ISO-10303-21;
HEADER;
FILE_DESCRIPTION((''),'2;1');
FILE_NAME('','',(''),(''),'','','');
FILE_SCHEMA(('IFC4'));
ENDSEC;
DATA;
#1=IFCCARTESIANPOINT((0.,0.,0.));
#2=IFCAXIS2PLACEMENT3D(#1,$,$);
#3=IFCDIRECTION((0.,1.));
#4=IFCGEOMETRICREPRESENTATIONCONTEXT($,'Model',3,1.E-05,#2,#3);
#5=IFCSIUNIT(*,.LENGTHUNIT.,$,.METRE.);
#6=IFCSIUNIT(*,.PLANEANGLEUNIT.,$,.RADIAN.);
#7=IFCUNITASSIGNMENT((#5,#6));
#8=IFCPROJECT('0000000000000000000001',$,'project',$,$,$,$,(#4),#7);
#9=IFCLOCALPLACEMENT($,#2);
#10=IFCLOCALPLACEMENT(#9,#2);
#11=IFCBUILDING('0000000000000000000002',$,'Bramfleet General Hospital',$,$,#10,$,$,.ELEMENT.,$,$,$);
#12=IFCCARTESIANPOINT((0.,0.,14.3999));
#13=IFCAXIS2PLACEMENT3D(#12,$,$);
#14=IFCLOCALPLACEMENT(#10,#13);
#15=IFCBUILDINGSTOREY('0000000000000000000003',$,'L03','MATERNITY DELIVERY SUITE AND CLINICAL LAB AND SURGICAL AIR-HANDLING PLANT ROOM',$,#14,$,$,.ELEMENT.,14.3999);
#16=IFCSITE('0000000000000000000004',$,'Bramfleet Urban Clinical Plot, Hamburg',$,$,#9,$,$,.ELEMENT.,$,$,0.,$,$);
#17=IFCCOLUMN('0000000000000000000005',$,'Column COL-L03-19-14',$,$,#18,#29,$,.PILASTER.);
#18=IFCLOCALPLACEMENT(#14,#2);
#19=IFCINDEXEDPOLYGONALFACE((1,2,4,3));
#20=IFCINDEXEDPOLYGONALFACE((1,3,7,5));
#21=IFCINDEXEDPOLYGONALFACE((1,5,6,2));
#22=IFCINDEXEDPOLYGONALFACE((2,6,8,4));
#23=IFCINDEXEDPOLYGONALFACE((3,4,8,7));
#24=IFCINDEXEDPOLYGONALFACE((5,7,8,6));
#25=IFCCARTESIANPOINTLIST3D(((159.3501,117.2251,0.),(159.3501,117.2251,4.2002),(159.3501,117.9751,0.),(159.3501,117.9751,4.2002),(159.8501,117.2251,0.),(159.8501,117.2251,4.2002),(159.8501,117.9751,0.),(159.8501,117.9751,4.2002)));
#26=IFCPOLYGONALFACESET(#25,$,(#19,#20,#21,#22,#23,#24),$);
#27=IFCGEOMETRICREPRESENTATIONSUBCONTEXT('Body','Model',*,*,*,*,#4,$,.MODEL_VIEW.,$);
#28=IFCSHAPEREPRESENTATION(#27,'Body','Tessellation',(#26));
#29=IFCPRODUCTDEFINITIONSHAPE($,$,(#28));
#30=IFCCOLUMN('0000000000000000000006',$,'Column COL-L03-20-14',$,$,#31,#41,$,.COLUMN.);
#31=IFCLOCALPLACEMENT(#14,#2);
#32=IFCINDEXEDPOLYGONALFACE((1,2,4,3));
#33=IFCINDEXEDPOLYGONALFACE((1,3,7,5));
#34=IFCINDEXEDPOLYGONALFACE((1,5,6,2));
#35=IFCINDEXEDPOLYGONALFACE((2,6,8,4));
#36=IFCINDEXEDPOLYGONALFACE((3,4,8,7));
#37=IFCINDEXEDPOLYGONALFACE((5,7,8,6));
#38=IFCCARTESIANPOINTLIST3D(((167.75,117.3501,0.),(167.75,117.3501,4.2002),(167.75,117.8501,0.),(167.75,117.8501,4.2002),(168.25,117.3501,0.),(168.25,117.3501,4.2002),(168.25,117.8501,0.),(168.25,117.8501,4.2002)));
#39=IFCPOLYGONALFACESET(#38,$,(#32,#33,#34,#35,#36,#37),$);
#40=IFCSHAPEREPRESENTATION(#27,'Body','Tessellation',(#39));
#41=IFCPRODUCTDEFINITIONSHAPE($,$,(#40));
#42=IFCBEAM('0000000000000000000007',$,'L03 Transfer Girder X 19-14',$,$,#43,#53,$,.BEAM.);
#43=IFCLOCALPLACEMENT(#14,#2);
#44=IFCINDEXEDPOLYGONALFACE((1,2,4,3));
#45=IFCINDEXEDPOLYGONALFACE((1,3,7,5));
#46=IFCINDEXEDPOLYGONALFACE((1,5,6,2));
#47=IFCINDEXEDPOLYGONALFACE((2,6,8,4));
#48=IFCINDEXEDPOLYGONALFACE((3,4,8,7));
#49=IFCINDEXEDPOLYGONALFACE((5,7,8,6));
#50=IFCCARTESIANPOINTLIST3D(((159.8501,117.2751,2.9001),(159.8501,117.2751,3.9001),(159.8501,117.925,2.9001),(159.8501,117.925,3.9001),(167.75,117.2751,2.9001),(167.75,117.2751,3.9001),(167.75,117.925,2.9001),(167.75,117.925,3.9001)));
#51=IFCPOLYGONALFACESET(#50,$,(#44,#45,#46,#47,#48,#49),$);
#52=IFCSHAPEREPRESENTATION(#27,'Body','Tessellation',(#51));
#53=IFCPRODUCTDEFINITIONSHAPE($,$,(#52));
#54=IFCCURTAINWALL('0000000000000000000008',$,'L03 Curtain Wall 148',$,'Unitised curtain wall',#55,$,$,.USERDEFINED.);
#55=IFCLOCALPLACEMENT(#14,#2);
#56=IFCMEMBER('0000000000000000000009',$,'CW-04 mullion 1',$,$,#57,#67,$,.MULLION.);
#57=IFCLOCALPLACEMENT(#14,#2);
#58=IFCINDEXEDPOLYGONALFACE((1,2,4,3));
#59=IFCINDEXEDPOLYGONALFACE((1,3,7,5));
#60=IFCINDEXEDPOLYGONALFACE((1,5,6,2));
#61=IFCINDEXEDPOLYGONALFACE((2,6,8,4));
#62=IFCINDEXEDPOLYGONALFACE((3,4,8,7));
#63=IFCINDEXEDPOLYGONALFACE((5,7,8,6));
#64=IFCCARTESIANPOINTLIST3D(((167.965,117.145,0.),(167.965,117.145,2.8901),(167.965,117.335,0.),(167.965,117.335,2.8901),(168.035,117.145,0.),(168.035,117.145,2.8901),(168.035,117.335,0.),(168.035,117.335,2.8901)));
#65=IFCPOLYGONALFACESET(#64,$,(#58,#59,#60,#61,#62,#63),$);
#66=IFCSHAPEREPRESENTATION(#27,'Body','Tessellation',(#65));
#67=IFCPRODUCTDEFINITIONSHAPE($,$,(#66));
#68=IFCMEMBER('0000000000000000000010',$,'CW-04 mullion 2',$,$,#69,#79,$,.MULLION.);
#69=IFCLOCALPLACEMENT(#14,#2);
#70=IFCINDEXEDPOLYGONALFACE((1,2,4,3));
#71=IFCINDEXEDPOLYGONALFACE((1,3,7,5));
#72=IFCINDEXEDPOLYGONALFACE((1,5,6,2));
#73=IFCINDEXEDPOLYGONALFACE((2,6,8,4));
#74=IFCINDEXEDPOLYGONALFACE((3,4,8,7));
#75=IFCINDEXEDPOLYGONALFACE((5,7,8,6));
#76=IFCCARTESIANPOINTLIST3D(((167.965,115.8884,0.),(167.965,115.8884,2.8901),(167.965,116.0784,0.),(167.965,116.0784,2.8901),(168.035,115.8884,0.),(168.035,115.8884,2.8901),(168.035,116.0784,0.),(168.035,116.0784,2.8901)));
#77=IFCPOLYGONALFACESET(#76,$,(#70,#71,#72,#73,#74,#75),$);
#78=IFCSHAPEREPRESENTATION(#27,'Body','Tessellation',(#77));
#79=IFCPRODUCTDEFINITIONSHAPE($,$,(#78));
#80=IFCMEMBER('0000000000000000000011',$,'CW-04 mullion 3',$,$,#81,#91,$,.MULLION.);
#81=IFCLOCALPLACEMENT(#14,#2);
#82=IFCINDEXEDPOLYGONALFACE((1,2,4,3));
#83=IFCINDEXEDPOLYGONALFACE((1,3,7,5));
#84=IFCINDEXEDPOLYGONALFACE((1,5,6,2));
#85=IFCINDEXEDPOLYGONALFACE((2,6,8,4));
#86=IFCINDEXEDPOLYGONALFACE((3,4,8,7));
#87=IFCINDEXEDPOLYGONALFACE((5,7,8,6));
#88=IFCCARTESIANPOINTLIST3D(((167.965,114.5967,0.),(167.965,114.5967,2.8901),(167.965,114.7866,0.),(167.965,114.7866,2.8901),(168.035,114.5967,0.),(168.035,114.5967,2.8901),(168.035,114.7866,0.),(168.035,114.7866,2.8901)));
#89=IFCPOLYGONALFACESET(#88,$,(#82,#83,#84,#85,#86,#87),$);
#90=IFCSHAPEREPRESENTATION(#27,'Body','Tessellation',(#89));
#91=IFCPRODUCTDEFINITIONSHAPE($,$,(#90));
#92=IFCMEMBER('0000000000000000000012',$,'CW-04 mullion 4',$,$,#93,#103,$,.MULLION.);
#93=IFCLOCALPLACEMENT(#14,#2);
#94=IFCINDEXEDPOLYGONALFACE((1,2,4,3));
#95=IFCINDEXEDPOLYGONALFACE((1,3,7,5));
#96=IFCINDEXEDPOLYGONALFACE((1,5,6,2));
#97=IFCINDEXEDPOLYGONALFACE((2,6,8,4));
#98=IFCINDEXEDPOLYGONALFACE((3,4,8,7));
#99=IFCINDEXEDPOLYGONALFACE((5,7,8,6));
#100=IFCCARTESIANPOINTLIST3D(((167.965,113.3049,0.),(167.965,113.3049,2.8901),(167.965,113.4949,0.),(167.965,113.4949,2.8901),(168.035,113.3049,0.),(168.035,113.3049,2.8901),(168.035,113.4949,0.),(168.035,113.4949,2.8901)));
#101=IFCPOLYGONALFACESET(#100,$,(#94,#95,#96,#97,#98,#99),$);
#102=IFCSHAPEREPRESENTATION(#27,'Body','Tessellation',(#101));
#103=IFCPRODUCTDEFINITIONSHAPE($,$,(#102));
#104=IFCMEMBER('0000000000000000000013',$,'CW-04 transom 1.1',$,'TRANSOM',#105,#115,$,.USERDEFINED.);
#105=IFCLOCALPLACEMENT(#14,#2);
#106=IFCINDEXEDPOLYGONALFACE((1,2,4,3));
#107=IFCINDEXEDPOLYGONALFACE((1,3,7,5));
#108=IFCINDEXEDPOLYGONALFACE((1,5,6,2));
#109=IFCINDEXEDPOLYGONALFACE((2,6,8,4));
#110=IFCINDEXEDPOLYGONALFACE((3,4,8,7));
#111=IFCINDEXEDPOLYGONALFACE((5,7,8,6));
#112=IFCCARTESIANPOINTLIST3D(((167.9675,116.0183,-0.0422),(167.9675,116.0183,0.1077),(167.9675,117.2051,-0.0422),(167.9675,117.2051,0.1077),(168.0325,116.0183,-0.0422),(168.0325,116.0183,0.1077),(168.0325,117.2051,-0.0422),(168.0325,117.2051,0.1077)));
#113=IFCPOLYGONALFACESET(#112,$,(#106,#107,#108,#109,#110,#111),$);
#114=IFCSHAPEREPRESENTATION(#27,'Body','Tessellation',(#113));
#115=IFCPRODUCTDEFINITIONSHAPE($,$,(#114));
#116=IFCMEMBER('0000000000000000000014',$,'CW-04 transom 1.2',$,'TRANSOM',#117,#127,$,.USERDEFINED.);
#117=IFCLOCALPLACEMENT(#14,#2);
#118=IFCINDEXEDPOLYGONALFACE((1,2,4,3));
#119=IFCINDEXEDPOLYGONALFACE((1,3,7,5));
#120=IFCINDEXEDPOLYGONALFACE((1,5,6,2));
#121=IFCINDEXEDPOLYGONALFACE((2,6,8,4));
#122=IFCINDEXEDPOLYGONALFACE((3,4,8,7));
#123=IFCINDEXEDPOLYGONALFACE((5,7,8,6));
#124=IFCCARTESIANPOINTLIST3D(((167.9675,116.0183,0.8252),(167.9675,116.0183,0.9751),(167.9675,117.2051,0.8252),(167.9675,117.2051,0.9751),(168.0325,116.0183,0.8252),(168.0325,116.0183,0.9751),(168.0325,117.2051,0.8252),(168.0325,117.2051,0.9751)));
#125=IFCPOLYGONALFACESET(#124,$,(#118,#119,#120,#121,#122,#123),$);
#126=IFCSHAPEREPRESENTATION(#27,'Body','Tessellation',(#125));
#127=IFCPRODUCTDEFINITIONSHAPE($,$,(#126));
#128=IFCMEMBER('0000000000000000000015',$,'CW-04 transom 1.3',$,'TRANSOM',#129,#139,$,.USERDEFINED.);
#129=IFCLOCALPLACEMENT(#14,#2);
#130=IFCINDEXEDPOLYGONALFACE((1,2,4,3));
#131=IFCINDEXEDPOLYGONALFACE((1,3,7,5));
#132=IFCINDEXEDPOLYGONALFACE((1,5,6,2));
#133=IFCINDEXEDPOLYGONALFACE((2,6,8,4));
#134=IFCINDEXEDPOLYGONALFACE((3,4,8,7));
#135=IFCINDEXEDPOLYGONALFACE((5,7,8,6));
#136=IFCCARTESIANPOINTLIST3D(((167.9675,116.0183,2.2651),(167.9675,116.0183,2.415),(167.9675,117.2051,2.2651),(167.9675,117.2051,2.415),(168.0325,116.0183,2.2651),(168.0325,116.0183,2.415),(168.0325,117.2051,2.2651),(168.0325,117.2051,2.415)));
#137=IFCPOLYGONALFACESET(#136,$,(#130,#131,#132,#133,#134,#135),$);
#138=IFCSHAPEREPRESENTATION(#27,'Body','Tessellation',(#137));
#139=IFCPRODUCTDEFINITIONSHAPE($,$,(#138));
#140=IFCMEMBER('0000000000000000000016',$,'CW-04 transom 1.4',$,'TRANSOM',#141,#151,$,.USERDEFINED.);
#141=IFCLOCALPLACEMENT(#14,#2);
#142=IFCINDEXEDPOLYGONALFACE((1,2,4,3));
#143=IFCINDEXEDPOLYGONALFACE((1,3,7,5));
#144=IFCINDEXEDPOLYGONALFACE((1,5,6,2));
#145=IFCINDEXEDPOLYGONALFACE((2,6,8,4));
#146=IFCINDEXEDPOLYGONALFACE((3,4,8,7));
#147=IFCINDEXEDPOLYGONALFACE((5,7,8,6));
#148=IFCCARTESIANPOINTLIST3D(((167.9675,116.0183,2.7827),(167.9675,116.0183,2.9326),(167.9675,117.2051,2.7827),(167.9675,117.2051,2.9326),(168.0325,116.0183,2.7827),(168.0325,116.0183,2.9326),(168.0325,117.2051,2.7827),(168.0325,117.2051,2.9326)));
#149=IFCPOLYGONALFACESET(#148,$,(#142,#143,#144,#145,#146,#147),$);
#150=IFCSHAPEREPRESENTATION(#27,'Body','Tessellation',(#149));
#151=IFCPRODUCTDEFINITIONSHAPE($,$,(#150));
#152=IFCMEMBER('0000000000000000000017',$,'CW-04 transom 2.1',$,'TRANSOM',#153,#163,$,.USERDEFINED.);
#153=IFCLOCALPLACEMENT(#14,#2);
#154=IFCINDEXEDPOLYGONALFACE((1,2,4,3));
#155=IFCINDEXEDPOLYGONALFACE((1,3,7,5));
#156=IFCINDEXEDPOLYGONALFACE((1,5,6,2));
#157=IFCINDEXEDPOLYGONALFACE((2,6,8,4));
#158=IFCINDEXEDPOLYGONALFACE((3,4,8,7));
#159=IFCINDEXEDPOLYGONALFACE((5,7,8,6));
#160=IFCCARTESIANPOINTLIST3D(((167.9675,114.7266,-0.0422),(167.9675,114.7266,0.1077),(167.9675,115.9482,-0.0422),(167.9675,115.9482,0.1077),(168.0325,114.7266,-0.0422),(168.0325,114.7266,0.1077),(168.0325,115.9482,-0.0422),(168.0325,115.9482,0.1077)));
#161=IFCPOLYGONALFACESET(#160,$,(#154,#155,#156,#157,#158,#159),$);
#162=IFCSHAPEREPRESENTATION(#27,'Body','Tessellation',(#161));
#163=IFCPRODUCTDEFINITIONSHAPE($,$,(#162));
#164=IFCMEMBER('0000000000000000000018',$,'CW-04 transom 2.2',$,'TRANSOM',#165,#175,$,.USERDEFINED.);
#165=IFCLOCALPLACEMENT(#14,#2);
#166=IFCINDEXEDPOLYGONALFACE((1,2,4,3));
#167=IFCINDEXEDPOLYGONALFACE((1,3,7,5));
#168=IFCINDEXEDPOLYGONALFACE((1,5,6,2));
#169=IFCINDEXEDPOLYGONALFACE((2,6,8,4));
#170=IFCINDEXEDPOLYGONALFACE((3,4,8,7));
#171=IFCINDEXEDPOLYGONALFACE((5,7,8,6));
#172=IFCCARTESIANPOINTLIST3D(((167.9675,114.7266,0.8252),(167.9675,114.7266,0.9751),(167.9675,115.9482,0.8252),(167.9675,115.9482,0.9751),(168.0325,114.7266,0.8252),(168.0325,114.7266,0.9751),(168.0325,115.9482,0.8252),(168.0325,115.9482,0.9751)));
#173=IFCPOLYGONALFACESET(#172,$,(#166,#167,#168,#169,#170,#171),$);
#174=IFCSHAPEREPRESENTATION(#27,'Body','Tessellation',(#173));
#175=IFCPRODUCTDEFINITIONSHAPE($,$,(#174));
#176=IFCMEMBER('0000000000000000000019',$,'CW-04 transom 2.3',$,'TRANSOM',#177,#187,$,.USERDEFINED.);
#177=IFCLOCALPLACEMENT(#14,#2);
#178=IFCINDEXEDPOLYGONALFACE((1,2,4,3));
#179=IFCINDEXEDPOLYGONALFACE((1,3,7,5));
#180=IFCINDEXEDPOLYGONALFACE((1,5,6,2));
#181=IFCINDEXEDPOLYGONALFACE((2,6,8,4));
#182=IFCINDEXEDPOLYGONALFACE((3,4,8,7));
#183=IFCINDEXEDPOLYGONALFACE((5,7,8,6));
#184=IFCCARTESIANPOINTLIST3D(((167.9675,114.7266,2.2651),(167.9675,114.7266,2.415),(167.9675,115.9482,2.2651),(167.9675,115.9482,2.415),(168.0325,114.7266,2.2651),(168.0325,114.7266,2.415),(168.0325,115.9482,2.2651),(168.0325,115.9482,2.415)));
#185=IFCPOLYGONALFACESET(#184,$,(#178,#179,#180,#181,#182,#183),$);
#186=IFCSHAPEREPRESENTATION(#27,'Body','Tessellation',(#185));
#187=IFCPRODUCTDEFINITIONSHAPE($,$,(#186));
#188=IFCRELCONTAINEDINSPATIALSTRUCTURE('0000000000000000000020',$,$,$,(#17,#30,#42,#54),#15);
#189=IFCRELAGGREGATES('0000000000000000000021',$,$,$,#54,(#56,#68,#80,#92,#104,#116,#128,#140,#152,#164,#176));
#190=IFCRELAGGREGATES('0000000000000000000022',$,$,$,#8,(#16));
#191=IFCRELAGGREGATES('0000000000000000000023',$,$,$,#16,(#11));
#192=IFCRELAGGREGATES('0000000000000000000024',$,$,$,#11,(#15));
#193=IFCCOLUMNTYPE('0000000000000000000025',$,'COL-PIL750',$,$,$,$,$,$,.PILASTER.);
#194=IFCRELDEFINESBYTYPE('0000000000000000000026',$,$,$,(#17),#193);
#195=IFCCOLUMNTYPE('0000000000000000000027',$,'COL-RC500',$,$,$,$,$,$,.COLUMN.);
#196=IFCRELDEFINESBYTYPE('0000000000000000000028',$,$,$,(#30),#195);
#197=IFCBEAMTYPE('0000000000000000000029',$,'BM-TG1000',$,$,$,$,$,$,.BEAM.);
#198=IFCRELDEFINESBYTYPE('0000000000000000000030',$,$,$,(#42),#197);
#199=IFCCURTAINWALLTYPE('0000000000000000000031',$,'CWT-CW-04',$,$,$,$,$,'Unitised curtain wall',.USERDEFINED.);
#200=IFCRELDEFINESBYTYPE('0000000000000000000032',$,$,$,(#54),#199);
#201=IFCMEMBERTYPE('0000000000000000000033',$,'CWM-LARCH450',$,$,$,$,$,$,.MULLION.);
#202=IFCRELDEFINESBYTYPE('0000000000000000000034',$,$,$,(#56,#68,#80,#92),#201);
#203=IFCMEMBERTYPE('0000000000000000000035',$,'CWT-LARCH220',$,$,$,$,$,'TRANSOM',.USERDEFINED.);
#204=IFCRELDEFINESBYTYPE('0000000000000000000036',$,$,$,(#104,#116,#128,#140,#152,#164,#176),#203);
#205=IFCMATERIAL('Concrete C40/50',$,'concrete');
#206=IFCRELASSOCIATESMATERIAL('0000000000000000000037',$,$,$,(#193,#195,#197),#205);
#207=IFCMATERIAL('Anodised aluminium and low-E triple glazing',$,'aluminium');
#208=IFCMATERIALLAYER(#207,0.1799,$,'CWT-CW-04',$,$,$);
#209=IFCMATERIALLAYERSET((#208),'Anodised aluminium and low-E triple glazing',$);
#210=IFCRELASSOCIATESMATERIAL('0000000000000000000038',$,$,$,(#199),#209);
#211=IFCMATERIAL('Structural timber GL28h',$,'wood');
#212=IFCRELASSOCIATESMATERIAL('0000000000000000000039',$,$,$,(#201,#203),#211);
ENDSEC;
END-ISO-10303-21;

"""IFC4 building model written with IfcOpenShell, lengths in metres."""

from ifc_helpers import new_model, si_unit, direction, frame, origin, origin_2d, place, context, subcontext, project, spatial, rectangle, extrude, material, layer, layer_set, material_profile, profile_set, type_object, element, aggregate, save


model = new_model("IFC4")

# Units and contexts
model_context = context("Model", 3, precision=1e-05, world=origin(), true_north=direction((0.0, 1.0)))
body_context = subcontext(model_context, "Body", "Model", "MODEL_VIEW")
ifc_project = project(units=[si_unit("LENGTHUNIT", "METRE"), si_unit("PLANEANGLEUNIT", "RADIAN")], contexts=[model_context])

# Site, building, storey
site_placement = place(None, origin())
site = spatial("IfcSite", under=ifc_project, at=site_placement, Name="Bramfleet Urban Clinical Plot, Hamburg", CompositionType="ELEMENT", RefElevation=0.0)
building_placement = place(site_placement, origin())
building = spatial("IfcBuilding", under=site, at=building_placement, Name="Bramfleet General Hospital", CompositionType="ELEMENT")
storey_placement = place(building_placement, frame((0.0, 0.0, 14.3999)))
storey = spatial("IfcBuildingStorey", under=building, at=storey_placement, Name="L03", Description="MATERNITY DELIVERY SUITE AND CLINICAL LAB AND SURGICAL AIR-HANDLING PLANT ROOM", CompositionType="ELEMENT", Elevation=14.3999)

# Columns
ifc_material_1 = material(Name="Concrete C40/50", Category="concrete")
ifc_material_profile_1 = material_profile(ifc_material_1, rectangle(XDim=0.5, YDim=0.75, at=origin_2d()), Name="RC PIL 750x500")
ifc_profile_set_1 = profile_set([ifc_material_profile_1], Name="Concrete C40/50")
column_type_1 = type_object("IfcColumnType", Name="COL-PIL750", PredefinedType="PILASTER", material=ifc_profile_set_1)
column_1_placement = place(storey_placement, frame((159.6001, 117.6001, 0.0), z_axis=(0.0, 0.0, 1.0), x_axis=(1.0, 0.0, 0.0)))
element("IfcColumn", 1, at=column_1_placement, inside=storey, type_object=column_type_1, Name="Column COL-L03-19-14", PredefinedType="PILASTER", context=body_context, shape_type="SweptSolid", body=[
    extrude(rectangle(XDim=0.5, YDim=0.75, at=origin_2d()), origin(), (0.0, 0.0, 1.0), 4.2002),
])
ifc_material_profile_2 = material_profile(ifc_material_1, rectangle(XDim=0.5, YDim=0.5, at=origin_2d()), Name="RC COL 500x500")
ifc_profile_set_2 = profile_set([ifc_material_profile_2], Name="Concrete C40/50")
column_type_2 = type_object("IfcColumnType", Name="COL-RC500", PredefinedType="COLUMN", material=ifc_profile_set_2)
column_2_placement = place(storey_placement, frame((168.0, 117.6001, 0.0), z_axis=(0.0, 0.0, 1.0), x_axis=(1.0, 0.0, 0.0)))
element("IfcColumn", 2, at=column_2_placement, inside=storey, type_object=column_type_2, Name="Column COL-L03-20-14", PredefinedType="COLUMN", context=body_context, shape_type="SweptSolid", body=[
    extrude(rectangle(XDim=0.5, YDim=0.5, at=origin_2d()), origin(), (0.0, 0.0, 1.0), 4.2002),
])

# Beam
ifc_material_profile_3 = material_profile(ifc_material_1, rectangle(XDim=0.6499, YDim=1.0, at=origin_2d()), Name="RC TG 1000x650")
ifc_profile_set_3 = profile_set([ifc_material_profile_3], Name="Concrete C40/50")
beam_type = type_object("IfcBeamType", Name="BM-TG1000", PredefinedType="BEAM", material=ifc_profile_set_3)
beam_placement = place(storey_placement, frame((159.8501, 117.6001, 3.4001), z_axis=(1.0, 0.0, 0.0), x_axis=(0.0, 1.0, 0.0)))
element("IfcBeam", 3, at=beam_placement, inside=storey, type_object=beam_type, Name="L03 Transfer Girder X 19-14", PredefinedType="BEAM", context=body_context, shape_type="SweptSolid", body=[
    extrude(rectangle(XDim=0.6499, YDim=1.0, at=origin_2d()), origin(), (0.0, 0.0, 1.0), 7.8999),
])

# Curtain wall, members
ifc_material_2 = material(Name="Anodised aluminium and low-E triple glazing", Category="aluminium")
ifc_layer_1 = layer(ifc_material_2, 0.1799, Name="CWT-CW-04")
ifc_layer_set_1 = layer_set([ifc_layer_1], Name="Anodised aluminium and low-E triple glazing")
curtain_wall_type = type_object("IfcCurtainWallType", Name="CWT-CW-04", ElementType="Unitised curtain wall", PredefinedType="USERDEFINED", material=ifc_layer_set_1)
curtain_wall_placement = place(storey_placement, origin())
curtain_wall = element("IfcCurtainWall", 4, at=curtain_wall_placement, inside=storey, type_object=curtain_wall_type, Name="L03 Curtain Wall 148", ObjectType="Unitised curtain wall", PredefinedType="USERDEFINED")
ifc_material_3 = material(Name="Structural timber GL28h", Category="wood")
ifc_material_profile_4 = material_profile(ifc_material_3, rectangle(XDim=0.0701, YDim=0.1899, at=origin_2d()), Name="LARCH 190x70")
ifc_profile_set_4 = profile_set([ifc_material_profile_4], Name="Structural timber GL28h")
member_type_1 = type_object("IfcMemberType", Name="CWM-LARCH450", PredefinedType="MULLION", material=ifc_profile_set_4)
member_1_placement = place(storey_placement, frame((168.0, 117.24, 0.0), z_axis=(0.0, 0.0, 1.0), x_axis=(1.0, 0.0, 0.0)))
member_1 = element("IfcMember", 5, at=member_1_placement, type_object=member_type_1, Name="CW-04 mullion 1", PredefinedType="MULLION", context=body_context, shape_type="SweptSolid", body=[
    extrude(rectangle(XDim=0.0701, YDim=0.1899, at=origin_2d()), origin(), (0.0, 0.0, 1.0), 2.8901),
])
member_2_placement = place(storey_placement, frame((168.0, 115.9834, 0.0), z_axis=(0.0, 0.0, 1.0), x_axis=(1.0, 0.0, 0.0)))
member_2 = element("IfcMember", 6, at=member_2_placement, type_object=member_type_1, Name="CW-04 mullion 2", PredefinedType="MULLION", context=body_context, shape_type="SweptSolid", body=[
    extrude(rectangle(XDim=0.0701, YDim=0.1899, at=origin_2d()), origin(), (0.0, 0.0, 1.0), 2.8901),
])
member_3_placement = place(storey_placement, frame((168.0, 114.6917, 0.0), z_axis=(0.0, 0.0, 1.0), x_axis=(1.0, 0.0, 0.0)))
member_3 = element("IfcMember", 7, at=member_3_placement, type_object=member_type_1, Name="CW-04 mullion 3", PredefinedType="MULLION", context=body_context, shape_type="SweptSolid", body=[
    extrude(rectangle(XDim=0.0701, YDim=0.1899, at=origin_2d()), origin(), (0.0, 0.0, 1.0), 2.8901),
])
member_4_placement = place(storey_placement, frame((168.0, 113.3999, 0.0), z_axis=(0.0, 0.0, 1.0), x_axis=(1.0, 0.0, 0.0)))
member_4 = element("IfcMember", 8, at=member_4_placement, type_object=member_type_1, Name="CW-04 mullion 4", PredefinedType="MULLION", context=body_context, shape_type="SweptSolid", body=[
    extrude(rectangle(XDim=0.0701, YDim=0.1899, at=origin_2d()), origin(), (0.0, 0.0, 1.0), 2.8901),
])
ifc_material_profile_5 = material_profile(ifc_material_3, rectangle(XDim=0.0649, YDim=0.1499, at=origin_2d()), Name="LARCH 150x65")
ifc_profile_set_5 = profile_set([ifc_material_profile_5], Name="Structural timber GL28h")
member_type_2 = type_object("IfcMemberType", Name="CWT-LARCH220", ElementType="TRANSOM", PredefinedType="USERDEFINED", material=ifc_profile_set_5)
member_5_placement = place(storey_placement, frame((168.0, 117.2051, 0.0327), z_axis=(0.0, -1.0, 0.0), x_axis=(1.0, 0.0, 0.0)))
member_5 = element("IfcMember", 9, at=member_5_placement, type_object=member_type_2, Name="CW-04 transom 1.1", ObjectType="TRANSOM", PredefinedType="USERDEFINED", context=body_context, shape_type="SweptSolid", body=[
    extrude(rectangle(XDim=0.0649, YDim=0.1499, at=origin_2d()), origin(), (0.0, 0.0, 1.0), 1.1868),
])
member_6_placement = place(storey_placement, frame((168.0, 117.2051, 0.9001), z_axis=(0.0, -1.0, 0.0), x_axis=(1.0, 0.0, 0.0)))
member_6 = element("IfcMember", 10, at=member_6_placement, type_object=member_type_2, Name="CW-04 transom 1.2", ObjectType="TRANSOM", PredefinedType="USERDEFINED", context=body_context, shape_type="SweptSolid", body=[
    extrude(rectangle(XDim=0.0649, YDim=0.1499, at=origin_2d()), origin(), (0.0, 0.0, 1.0), 1.1868),
])
member_7_placement = place(storey_placement, frame((168.0, 117.2051, 2.3401), z_axis=(0.0, -1.0, 0.0), x_axis=(1.0, 0.0, 0.0)))
member_7 = element("IfcMember", 11, at=member_7_placement, type_object=member_type_2, Name="CW-04 transom 1.3", ObjectType="TRANSOM", PredefinedType="USERDEFINED", context=body_context, shape_type="SweptSolid", body=[
    extrude(rectangle(XDim=0.0649, YDim=0.1499, at=origin_2d()), origin(), (0.0, 0.0, 1.0), 1.1868),
])
member_8_placement = place(storey_placement, frame((168.0, 117.2051, 2.8577), z_axis=(0.0, -1.0, 0.0), x_axis=(1.0, 0.0, 0.0)))
member_8 = element("IfcMember", 12, at=member_8_placement, type_object=member_type_2, Name="CW-04 transom 1.4", ObjectType="TRANSOM", PredefinedType="USERDEFINED", context=body_context, shape_type="SweptSolid", body=[
    extrude(rectangle(XDim=0.0649, YDim=0.1499, at=origin_2d()), origin(), (0.0, 0.0, 1.0), 1.1868),
])
member_9_placement = place(storey_placement, frame((168.0, 115.9482, 0.0327), z_axis=(0.0, -1.0, 0.0), x_axis=(1.0, 0.0, 0.0)))
member_9 = element("IfcMember", 13, at=member_9_placement, type_object=member_type_2, Name="CW-04 transom 2.1", ObjectType="TRANSOM", PredefinedType="USERDEFINED", context=body_context, shape_type="SweptSolid", body=[
    extrude(rectangle(XDim=0.0649, YDim=0.1499, at=origin_2d()), origin(), (0.0, 0.0, 1.0), 1.2217),
])
member_10_placement = place(storey_placement, frame((168.0, 115.9482, 0.9001), z_axis=(0.0, -1.0, 0.0), x_axis=(1.0, 0.0, 0.0)))
member_10 = element("IfcMember", 14, at=member_10_placement, type_object=member_type_2, Name="CW-04 transom 2.2", ObjectType="TRANSOM", PredefinedType="USERDEFINED", context=body_context, shape_type="SweptSolid", body=[
    extrude(rectangle(XDim=0.0649, YDim=0.1499, at=origin_2d()), origin(), (0.0, 0.0, 1.0), 1.2217),
])
member_11_placement = place(storey_placement, frame((168.0, 115.9482, 2.3401), z_axis=(0.0, -1.0, 0.0), x_axis=(1.0, 0.0, 0.0)))
member_11 = element("IfcMember", 15, at=member_11_placement, type_object=member_type_2, Name="CW-04 transom 2.3", ObjectType="TRANSOM", PredefinedType="USERDEFINED", context=body_context, shape_type="SweptSolid", body=[
    extrude(rectangle(XDim=0.0649, YDim=0.1499, at=origin_2d()), origin(), (0.0, 0.0, 1.0), 1.2217),
])
aggregate(curtain_wall, [member_1, member_2, member_3, member_4, member_5, member_6, member_7, member_8, member_9, member_10, member_11])

save(model, "model.ifc")
